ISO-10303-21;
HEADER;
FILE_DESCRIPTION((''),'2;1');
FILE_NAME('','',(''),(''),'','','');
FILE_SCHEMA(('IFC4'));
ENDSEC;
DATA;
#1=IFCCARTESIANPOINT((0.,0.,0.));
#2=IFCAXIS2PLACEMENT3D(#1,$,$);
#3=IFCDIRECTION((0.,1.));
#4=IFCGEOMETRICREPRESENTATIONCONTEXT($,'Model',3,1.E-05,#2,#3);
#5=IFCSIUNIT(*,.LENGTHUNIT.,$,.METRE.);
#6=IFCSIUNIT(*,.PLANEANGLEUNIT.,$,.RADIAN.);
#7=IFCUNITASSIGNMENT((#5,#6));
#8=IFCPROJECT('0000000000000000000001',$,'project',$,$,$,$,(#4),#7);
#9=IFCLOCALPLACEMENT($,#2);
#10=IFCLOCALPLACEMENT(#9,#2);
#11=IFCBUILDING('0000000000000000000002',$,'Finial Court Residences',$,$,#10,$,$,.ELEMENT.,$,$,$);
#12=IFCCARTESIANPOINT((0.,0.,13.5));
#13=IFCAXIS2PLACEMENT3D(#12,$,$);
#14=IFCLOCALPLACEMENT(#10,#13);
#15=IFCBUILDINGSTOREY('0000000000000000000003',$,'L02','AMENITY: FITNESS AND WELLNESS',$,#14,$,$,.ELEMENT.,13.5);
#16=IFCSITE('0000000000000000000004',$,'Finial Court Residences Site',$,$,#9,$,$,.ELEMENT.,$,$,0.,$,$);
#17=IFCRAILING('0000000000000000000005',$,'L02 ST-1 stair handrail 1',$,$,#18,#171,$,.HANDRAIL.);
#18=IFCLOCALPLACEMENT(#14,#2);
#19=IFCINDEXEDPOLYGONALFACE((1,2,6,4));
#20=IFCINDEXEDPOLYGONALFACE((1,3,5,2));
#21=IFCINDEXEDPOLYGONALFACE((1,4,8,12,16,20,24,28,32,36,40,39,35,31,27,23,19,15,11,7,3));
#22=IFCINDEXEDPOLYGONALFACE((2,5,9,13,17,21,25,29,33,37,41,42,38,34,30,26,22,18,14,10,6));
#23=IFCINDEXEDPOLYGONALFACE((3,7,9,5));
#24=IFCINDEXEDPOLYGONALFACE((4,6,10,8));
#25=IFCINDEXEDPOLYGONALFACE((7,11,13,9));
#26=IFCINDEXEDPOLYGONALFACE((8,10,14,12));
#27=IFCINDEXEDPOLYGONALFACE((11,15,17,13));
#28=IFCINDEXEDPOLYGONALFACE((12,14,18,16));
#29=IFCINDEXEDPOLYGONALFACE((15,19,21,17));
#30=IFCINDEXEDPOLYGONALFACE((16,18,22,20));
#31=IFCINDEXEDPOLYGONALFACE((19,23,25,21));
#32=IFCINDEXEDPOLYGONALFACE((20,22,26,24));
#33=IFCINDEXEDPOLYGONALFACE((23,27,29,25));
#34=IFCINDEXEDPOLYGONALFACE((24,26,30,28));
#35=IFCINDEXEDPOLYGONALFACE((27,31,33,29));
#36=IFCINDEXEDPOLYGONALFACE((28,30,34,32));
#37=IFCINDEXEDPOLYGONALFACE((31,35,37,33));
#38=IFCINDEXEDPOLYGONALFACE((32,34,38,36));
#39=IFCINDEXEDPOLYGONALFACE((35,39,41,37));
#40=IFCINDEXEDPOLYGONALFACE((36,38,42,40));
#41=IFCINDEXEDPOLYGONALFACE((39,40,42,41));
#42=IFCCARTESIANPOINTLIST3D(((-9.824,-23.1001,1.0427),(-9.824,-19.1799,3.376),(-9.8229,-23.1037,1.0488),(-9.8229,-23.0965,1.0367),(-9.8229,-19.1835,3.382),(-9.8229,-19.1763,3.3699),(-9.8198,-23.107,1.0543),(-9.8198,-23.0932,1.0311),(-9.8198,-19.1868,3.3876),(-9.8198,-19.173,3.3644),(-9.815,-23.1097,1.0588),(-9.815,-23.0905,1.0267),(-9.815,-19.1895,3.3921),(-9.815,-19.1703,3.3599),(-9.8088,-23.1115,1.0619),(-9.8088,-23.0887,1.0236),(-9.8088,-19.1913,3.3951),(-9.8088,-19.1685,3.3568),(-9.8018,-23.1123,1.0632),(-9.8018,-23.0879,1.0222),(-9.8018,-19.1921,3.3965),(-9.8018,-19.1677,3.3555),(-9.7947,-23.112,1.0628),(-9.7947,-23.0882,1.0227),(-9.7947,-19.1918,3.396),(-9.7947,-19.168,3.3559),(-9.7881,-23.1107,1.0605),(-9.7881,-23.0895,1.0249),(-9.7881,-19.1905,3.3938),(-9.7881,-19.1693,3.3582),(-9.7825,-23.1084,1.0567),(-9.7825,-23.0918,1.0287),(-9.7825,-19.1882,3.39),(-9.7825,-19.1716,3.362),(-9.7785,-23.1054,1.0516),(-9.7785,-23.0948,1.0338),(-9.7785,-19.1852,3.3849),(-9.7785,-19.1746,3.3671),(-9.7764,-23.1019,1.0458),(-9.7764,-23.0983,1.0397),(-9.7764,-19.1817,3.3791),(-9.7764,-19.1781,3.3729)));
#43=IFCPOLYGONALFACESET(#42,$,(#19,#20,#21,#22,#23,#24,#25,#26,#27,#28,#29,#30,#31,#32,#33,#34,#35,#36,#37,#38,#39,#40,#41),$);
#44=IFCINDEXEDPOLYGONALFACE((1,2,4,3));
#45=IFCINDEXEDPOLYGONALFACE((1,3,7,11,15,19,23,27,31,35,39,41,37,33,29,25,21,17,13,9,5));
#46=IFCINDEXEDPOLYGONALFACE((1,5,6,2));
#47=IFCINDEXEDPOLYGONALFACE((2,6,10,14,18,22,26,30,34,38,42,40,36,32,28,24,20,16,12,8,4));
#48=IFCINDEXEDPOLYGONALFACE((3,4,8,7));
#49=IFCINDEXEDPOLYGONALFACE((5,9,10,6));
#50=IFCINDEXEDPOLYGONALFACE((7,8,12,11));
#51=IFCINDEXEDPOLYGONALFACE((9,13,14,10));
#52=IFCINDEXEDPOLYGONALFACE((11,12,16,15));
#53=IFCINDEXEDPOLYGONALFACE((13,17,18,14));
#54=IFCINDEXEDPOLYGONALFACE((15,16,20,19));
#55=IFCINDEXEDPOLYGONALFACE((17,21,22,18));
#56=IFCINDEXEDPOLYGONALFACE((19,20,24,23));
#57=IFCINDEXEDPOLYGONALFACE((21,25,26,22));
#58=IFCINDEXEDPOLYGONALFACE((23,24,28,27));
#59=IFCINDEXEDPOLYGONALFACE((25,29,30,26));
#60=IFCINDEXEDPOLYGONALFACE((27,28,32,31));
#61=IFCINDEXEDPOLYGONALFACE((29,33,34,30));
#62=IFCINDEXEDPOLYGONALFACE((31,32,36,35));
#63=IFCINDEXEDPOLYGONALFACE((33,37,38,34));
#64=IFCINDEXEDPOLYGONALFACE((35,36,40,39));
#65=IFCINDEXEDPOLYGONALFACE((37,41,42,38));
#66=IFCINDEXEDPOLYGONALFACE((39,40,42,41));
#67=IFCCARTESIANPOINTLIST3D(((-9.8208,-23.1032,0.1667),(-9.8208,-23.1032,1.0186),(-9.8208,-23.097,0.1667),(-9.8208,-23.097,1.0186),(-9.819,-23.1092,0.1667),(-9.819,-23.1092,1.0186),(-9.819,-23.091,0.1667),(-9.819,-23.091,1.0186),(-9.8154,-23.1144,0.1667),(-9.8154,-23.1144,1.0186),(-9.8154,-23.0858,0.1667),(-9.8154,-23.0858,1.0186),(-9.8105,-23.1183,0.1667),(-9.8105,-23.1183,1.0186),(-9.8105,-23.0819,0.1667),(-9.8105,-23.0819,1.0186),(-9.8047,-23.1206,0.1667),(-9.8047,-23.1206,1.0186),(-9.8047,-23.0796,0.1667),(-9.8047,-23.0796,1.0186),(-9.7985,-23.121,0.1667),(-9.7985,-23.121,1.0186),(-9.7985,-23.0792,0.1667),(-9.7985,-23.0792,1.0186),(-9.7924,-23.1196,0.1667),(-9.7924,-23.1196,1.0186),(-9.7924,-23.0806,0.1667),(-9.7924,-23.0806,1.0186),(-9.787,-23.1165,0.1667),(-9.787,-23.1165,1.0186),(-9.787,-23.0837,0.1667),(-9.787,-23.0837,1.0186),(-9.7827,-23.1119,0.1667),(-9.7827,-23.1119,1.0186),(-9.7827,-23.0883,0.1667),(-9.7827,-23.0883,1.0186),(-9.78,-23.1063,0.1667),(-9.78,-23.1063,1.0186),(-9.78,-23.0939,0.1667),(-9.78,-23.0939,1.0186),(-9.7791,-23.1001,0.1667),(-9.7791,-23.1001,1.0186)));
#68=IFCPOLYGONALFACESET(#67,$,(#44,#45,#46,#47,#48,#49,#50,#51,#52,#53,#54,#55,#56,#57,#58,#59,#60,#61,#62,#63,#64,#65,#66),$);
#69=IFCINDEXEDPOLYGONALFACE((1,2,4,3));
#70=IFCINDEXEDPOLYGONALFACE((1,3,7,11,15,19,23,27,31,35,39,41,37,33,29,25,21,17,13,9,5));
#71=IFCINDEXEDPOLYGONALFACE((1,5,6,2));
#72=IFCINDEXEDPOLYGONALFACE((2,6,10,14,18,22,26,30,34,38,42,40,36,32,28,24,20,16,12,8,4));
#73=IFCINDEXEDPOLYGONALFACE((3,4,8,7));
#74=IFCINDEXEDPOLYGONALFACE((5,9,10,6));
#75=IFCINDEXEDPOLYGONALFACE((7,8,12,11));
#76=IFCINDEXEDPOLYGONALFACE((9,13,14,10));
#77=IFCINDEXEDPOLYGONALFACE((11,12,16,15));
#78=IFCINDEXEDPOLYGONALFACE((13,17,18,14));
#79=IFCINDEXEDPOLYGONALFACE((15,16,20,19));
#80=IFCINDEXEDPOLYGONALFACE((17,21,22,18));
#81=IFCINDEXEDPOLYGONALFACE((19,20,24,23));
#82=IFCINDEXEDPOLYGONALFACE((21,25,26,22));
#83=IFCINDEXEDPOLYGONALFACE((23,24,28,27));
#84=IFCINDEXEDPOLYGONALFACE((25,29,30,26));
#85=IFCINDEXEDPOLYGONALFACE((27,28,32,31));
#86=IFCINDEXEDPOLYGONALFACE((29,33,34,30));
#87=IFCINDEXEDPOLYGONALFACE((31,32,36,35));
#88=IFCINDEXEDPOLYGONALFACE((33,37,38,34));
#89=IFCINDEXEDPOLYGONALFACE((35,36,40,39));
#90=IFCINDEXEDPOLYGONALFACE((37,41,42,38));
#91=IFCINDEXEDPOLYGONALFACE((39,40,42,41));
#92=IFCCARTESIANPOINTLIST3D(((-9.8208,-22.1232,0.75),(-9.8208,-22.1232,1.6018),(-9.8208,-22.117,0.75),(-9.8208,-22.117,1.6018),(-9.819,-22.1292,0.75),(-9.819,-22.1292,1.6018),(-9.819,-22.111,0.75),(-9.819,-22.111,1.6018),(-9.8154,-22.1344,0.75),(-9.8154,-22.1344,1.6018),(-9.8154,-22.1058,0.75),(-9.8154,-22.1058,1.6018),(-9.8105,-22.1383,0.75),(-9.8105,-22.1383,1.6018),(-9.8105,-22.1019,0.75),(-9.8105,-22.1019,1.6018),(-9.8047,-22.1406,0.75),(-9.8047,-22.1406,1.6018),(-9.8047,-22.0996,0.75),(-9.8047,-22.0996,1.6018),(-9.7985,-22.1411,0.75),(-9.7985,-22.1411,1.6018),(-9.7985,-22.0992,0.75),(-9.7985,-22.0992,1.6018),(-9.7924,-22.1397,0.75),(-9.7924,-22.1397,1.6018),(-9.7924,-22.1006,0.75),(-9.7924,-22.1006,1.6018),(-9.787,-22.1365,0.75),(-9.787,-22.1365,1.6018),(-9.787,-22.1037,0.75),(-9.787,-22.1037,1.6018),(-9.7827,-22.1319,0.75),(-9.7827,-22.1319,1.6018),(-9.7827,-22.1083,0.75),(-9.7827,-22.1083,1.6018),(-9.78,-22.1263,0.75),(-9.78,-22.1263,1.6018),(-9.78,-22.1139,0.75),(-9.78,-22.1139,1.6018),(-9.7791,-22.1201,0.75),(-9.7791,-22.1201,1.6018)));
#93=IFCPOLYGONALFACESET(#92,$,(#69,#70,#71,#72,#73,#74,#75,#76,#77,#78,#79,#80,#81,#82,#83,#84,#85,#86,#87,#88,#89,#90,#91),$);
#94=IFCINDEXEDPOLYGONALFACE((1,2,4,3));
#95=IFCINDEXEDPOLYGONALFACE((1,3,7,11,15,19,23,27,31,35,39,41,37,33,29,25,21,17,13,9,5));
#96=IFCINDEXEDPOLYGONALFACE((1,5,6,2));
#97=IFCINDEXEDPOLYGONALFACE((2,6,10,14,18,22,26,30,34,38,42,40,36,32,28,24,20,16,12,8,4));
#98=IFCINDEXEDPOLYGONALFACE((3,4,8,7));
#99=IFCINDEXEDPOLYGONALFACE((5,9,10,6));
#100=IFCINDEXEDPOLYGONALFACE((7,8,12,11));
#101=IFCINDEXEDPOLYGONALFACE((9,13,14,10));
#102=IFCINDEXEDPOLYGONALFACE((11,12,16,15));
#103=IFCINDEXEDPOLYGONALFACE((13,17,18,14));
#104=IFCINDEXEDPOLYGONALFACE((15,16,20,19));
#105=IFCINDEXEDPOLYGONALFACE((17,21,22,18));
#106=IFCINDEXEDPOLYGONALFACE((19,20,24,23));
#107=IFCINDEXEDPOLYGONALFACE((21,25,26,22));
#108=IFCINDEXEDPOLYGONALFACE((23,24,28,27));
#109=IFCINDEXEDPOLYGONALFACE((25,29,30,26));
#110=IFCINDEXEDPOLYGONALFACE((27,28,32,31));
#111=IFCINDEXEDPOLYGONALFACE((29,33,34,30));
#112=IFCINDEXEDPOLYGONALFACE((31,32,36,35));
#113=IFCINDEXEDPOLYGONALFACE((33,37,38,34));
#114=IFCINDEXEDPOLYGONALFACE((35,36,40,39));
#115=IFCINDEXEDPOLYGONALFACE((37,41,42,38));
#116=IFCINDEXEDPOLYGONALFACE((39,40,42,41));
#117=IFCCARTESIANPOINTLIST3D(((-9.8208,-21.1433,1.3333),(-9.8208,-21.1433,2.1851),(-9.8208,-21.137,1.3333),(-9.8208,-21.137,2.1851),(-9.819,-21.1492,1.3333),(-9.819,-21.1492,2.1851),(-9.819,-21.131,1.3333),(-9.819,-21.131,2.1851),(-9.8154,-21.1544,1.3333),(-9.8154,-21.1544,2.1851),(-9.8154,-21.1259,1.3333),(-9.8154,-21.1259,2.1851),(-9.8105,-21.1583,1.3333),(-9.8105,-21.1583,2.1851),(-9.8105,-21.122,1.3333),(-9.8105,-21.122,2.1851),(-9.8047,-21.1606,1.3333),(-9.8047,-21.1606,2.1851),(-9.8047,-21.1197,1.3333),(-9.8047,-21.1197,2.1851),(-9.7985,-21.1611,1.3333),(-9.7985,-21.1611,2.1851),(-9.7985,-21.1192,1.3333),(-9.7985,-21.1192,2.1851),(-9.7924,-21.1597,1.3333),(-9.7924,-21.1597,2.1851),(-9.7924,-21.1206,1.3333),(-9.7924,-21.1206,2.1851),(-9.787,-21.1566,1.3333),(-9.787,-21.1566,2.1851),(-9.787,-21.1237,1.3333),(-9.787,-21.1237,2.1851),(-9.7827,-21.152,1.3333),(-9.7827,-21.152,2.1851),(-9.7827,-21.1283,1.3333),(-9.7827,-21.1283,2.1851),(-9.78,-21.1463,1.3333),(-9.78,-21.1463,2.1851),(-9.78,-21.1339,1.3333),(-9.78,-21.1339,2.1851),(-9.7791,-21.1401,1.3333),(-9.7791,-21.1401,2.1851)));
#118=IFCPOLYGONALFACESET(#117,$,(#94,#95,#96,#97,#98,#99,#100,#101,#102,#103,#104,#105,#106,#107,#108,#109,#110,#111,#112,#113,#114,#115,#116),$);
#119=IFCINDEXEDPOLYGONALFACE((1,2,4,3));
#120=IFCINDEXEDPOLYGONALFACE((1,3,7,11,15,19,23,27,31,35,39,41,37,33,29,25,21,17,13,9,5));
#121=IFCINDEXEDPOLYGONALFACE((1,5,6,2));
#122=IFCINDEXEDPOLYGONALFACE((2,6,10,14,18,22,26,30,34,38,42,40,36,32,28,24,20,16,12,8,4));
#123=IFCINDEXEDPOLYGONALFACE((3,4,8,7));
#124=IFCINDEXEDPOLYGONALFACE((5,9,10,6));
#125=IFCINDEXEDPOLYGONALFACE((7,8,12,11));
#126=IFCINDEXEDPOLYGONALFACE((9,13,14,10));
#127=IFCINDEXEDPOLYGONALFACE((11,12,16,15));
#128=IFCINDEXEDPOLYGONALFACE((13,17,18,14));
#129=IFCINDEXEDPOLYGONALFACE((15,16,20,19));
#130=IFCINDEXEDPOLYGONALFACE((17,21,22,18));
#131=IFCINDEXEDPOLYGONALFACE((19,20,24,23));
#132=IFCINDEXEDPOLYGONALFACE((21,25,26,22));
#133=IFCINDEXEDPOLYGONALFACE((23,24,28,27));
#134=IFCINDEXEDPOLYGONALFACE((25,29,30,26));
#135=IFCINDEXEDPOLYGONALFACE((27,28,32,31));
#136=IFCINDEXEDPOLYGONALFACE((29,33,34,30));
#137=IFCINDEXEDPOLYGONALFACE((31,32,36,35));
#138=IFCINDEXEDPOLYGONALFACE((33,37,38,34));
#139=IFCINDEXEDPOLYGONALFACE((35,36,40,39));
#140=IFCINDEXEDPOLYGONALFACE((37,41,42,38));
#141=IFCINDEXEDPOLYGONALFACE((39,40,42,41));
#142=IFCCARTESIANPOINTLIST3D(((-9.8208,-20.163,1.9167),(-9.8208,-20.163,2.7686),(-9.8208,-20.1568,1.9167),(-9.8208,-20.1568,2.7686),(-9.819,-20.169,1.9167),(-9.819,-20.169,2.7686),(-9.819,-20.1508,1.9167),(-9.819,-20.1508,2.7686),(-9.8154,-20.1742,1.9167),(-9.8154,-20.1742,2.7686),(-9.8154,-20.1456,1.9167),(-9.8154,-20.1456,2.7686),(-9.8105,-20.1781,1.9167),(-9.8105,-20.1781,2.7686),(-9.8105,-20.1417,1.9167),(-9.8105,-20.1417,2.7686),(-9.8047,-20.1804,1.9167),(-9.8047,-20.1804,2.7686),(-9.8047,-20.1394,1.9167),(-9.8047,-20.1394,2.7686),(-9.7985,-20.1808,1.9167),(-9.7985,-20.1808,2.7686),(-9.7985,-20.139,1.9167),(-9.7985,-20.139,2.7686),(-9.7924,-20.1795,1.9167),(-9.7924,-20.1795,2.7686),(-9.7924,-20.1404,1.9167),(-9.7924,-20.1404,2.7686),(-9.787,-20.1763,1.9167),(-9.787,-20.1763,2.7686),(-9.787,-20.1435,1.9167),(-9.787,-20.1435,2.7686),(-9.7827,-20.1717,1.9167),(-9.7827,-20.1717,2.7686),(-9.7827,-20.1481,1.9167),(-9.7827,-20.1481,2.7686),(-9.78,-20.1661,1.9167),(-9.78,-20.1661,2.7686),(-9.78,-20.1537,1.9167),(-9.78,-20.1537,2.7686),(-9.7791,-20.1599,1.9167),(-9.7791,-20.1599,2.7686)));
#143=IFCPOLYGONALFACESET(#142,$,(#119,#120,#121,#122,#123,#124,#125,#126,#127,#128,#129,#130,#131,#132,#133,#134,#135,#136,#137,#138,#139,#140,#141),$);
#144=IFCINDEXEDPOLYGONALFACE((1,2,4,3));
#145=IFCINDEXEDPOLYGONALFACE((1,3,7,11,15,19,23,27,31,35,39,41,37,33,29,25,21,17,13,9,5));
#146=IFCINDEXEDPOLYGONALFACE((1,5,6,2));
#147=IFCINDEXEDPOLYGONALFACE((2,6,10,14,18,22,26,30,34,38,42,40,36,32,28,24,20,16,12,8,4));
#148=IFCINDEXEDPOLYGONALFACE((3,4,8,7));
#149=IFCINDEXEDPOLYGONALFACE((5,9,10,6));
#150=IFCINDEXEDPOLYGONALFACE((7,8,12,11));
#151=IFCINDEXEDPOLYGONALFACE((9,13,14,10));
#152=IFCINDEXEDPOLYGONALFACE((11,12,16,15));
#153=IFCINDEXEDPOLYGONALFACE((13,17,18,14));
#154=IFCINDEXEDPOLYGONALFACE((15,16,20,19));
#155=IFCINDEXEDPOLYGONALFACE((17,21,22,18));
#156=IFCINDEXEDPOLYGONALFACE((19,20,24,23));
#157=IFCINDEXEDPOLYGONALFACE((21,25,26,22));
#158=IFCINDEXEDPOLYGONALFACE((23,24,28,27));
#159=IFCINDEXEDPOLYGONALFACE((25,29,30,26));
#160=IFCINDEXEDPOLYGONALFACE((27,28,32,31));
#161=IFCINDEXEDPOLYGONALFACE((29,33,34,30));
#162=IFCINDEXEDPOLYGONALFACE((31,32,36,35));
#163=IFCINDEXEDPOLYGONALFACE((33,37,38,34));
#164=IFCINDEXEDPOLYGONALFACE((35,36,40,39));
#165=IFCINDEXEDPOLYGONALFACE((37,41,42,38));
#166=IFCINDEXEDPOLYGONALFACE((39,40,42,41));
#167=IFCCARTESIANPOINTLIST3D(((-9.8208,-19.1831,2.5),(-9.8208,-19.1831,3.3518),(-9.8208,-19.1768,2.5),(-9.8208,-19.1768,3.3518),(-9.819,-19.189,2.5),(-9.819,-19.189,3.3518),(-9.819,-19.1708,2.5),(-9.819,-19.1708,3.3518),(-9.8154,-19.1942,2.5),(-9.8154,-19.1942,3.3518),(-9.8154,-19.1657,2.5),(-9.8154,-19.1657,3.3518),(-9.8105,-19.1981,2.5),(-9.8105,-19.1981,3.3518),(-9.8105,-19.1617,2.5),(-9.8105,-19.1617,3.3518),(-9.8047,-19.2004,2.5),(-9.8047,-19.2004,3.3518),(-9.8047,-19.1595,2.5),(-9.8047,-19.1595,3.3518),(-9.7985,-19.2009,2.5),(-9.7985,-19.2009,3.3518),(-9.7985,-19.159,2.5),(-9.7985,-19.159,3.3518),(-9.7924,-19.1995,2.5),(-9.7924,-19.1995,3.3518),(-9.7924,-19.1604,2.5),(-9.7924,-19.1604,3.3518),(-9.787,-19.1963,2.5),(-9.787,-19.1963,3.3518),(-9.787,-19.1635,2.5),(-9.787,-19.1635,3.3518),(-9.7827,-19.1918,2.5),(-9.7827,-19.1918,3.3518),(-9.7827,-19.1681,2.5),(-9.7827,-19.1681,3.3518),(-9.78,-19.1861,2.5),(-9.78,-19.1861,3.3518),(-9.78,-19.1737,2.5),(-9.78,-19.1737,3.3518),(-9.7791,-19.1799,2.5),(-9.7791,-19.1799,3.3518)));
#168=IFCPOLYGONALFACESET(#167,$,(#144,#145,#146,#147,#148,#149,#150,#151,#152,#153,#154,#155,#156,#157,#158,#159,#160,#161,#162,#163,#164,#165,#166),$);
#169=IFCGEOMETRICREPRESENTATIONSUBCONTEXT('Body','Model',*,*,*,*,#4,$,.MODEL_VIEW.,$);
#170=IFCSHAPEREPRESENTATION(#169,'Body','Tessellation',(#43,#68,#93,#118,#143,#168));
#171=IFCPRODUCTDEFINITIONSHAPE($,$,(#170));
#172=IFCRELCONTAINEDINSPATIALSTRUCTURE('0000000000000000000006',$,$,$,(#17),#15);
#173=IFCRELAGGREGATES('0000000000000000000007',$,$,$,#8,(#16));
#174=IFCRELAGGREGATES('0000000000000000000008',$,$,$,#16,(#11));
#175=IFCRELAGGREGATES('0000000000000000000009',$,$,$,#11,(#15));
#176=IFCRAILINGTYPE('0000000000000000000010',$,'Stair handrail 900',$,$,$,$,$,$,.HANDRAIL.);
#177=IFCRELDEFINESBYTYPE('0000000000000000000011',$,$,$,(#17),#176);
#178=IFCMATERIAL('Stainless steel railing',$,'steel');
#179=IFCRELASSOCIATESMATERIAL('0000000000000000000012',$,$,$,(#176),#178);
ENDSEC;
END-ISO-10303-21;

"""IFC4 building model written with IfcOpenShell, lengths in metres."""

from ifc_helpers import new_model, si_unit, direction, frame, origin, origin_2d, place, context, subcontext, project, spatial, circle, extrude, material, type_object, element, save


model = new_model("IFC4")

# Units and contexts
model_context = context("Model", 3, precision=1e-05, world=origin(), true_north=direction((0.0, 1.0)))
body_context = subcontext(model_context, "Body", "Model", "MODEL_VIEW")
ifc_project = project(units=[si_unit("LENGTHUNIT", "METRE"), si_unit("PLANEANGLEUNIT", "RADIAN")], contexts=[model_context])

# Site, building, storey
site_placement = place(None, origin())
site = spatial("IfcSite", under=ifc_project, at=site_placement, Name="Finial Court Residences Site", CompositionType="ELEMENT", RefElevation=0.0)
building_placement = place(site_placement, origin())
building = spatial("IfcBuilding", under=site, at=building_placement, Name="Finial Court Residences", CompositionType="ELEMENT")
storey_placement = place(building_placement, frame((0.0, 0.0, 13.5)))
storey = spatial("IfcBuildingStorey", under=building, at=storey_placement, Name="L02", Description="AMENITY: FITNESS AND WELLNESS", CompositionType="ELEMENT", Elevation=13.5)

# Railing
ifc_material_1 = material(Name="Stainless steel railing", Category="steel")
railing_type_1 = type_object("IfcRailingType", Name="Stair handrail 900", PredefinedType="HANDRAIL", material=ifc_material_1)
railing_1_placement = place(storey_placement, frame((-9.8, -23.1001, 0.1667)))
element("IfcRailing", 1, at=railing_1_placement, inside=storey, type_object=railing_type_1, Name="L02 ST-1 stair handrail 1", PredefinedType="HANDRAIL", context=body_context, shape_type="SweptSolid", body=[
    extrude(circle(Radius=0.0239, at=origin_2d()), frame((0.0, 0.0, 0.876), z_axis=(0.0, 0.85931, 0.511455), x_axis=(-1.0, 0.0, 0.0)), (0.0, 0.0, 1.0), 4.562),
    extrude(circle(Radius=0.021, at=origin_2d()), origin(), (0.0, 0.0, 1.0), 0.8518),
    extrude(circle(Radius=0.021, at=origin_2d()), frame((0.0, 0.98, 0.5833)), (0.0, 0.0, 1.0), 0.8518),
    extrude(circle(Radius=0.021, at=origin_2d()), frame((0.0, 1.96, 1.1665)), (0.0, 0.0, 1.0), 0.8518),
    extrude(circle(Radius=0.021, at=origin_2d()), frame((0.0, 2.9402, 1.75)), (0.0, 0.0, 1.0), 0.8518),
    extrude(circle(Radius=0.021, at=origin_2d()), frame((0.0, 3.9202, 2.3333)), (0.0, 0.0, 1.0), 0.8518),
])

save(model, "model.ifc")
